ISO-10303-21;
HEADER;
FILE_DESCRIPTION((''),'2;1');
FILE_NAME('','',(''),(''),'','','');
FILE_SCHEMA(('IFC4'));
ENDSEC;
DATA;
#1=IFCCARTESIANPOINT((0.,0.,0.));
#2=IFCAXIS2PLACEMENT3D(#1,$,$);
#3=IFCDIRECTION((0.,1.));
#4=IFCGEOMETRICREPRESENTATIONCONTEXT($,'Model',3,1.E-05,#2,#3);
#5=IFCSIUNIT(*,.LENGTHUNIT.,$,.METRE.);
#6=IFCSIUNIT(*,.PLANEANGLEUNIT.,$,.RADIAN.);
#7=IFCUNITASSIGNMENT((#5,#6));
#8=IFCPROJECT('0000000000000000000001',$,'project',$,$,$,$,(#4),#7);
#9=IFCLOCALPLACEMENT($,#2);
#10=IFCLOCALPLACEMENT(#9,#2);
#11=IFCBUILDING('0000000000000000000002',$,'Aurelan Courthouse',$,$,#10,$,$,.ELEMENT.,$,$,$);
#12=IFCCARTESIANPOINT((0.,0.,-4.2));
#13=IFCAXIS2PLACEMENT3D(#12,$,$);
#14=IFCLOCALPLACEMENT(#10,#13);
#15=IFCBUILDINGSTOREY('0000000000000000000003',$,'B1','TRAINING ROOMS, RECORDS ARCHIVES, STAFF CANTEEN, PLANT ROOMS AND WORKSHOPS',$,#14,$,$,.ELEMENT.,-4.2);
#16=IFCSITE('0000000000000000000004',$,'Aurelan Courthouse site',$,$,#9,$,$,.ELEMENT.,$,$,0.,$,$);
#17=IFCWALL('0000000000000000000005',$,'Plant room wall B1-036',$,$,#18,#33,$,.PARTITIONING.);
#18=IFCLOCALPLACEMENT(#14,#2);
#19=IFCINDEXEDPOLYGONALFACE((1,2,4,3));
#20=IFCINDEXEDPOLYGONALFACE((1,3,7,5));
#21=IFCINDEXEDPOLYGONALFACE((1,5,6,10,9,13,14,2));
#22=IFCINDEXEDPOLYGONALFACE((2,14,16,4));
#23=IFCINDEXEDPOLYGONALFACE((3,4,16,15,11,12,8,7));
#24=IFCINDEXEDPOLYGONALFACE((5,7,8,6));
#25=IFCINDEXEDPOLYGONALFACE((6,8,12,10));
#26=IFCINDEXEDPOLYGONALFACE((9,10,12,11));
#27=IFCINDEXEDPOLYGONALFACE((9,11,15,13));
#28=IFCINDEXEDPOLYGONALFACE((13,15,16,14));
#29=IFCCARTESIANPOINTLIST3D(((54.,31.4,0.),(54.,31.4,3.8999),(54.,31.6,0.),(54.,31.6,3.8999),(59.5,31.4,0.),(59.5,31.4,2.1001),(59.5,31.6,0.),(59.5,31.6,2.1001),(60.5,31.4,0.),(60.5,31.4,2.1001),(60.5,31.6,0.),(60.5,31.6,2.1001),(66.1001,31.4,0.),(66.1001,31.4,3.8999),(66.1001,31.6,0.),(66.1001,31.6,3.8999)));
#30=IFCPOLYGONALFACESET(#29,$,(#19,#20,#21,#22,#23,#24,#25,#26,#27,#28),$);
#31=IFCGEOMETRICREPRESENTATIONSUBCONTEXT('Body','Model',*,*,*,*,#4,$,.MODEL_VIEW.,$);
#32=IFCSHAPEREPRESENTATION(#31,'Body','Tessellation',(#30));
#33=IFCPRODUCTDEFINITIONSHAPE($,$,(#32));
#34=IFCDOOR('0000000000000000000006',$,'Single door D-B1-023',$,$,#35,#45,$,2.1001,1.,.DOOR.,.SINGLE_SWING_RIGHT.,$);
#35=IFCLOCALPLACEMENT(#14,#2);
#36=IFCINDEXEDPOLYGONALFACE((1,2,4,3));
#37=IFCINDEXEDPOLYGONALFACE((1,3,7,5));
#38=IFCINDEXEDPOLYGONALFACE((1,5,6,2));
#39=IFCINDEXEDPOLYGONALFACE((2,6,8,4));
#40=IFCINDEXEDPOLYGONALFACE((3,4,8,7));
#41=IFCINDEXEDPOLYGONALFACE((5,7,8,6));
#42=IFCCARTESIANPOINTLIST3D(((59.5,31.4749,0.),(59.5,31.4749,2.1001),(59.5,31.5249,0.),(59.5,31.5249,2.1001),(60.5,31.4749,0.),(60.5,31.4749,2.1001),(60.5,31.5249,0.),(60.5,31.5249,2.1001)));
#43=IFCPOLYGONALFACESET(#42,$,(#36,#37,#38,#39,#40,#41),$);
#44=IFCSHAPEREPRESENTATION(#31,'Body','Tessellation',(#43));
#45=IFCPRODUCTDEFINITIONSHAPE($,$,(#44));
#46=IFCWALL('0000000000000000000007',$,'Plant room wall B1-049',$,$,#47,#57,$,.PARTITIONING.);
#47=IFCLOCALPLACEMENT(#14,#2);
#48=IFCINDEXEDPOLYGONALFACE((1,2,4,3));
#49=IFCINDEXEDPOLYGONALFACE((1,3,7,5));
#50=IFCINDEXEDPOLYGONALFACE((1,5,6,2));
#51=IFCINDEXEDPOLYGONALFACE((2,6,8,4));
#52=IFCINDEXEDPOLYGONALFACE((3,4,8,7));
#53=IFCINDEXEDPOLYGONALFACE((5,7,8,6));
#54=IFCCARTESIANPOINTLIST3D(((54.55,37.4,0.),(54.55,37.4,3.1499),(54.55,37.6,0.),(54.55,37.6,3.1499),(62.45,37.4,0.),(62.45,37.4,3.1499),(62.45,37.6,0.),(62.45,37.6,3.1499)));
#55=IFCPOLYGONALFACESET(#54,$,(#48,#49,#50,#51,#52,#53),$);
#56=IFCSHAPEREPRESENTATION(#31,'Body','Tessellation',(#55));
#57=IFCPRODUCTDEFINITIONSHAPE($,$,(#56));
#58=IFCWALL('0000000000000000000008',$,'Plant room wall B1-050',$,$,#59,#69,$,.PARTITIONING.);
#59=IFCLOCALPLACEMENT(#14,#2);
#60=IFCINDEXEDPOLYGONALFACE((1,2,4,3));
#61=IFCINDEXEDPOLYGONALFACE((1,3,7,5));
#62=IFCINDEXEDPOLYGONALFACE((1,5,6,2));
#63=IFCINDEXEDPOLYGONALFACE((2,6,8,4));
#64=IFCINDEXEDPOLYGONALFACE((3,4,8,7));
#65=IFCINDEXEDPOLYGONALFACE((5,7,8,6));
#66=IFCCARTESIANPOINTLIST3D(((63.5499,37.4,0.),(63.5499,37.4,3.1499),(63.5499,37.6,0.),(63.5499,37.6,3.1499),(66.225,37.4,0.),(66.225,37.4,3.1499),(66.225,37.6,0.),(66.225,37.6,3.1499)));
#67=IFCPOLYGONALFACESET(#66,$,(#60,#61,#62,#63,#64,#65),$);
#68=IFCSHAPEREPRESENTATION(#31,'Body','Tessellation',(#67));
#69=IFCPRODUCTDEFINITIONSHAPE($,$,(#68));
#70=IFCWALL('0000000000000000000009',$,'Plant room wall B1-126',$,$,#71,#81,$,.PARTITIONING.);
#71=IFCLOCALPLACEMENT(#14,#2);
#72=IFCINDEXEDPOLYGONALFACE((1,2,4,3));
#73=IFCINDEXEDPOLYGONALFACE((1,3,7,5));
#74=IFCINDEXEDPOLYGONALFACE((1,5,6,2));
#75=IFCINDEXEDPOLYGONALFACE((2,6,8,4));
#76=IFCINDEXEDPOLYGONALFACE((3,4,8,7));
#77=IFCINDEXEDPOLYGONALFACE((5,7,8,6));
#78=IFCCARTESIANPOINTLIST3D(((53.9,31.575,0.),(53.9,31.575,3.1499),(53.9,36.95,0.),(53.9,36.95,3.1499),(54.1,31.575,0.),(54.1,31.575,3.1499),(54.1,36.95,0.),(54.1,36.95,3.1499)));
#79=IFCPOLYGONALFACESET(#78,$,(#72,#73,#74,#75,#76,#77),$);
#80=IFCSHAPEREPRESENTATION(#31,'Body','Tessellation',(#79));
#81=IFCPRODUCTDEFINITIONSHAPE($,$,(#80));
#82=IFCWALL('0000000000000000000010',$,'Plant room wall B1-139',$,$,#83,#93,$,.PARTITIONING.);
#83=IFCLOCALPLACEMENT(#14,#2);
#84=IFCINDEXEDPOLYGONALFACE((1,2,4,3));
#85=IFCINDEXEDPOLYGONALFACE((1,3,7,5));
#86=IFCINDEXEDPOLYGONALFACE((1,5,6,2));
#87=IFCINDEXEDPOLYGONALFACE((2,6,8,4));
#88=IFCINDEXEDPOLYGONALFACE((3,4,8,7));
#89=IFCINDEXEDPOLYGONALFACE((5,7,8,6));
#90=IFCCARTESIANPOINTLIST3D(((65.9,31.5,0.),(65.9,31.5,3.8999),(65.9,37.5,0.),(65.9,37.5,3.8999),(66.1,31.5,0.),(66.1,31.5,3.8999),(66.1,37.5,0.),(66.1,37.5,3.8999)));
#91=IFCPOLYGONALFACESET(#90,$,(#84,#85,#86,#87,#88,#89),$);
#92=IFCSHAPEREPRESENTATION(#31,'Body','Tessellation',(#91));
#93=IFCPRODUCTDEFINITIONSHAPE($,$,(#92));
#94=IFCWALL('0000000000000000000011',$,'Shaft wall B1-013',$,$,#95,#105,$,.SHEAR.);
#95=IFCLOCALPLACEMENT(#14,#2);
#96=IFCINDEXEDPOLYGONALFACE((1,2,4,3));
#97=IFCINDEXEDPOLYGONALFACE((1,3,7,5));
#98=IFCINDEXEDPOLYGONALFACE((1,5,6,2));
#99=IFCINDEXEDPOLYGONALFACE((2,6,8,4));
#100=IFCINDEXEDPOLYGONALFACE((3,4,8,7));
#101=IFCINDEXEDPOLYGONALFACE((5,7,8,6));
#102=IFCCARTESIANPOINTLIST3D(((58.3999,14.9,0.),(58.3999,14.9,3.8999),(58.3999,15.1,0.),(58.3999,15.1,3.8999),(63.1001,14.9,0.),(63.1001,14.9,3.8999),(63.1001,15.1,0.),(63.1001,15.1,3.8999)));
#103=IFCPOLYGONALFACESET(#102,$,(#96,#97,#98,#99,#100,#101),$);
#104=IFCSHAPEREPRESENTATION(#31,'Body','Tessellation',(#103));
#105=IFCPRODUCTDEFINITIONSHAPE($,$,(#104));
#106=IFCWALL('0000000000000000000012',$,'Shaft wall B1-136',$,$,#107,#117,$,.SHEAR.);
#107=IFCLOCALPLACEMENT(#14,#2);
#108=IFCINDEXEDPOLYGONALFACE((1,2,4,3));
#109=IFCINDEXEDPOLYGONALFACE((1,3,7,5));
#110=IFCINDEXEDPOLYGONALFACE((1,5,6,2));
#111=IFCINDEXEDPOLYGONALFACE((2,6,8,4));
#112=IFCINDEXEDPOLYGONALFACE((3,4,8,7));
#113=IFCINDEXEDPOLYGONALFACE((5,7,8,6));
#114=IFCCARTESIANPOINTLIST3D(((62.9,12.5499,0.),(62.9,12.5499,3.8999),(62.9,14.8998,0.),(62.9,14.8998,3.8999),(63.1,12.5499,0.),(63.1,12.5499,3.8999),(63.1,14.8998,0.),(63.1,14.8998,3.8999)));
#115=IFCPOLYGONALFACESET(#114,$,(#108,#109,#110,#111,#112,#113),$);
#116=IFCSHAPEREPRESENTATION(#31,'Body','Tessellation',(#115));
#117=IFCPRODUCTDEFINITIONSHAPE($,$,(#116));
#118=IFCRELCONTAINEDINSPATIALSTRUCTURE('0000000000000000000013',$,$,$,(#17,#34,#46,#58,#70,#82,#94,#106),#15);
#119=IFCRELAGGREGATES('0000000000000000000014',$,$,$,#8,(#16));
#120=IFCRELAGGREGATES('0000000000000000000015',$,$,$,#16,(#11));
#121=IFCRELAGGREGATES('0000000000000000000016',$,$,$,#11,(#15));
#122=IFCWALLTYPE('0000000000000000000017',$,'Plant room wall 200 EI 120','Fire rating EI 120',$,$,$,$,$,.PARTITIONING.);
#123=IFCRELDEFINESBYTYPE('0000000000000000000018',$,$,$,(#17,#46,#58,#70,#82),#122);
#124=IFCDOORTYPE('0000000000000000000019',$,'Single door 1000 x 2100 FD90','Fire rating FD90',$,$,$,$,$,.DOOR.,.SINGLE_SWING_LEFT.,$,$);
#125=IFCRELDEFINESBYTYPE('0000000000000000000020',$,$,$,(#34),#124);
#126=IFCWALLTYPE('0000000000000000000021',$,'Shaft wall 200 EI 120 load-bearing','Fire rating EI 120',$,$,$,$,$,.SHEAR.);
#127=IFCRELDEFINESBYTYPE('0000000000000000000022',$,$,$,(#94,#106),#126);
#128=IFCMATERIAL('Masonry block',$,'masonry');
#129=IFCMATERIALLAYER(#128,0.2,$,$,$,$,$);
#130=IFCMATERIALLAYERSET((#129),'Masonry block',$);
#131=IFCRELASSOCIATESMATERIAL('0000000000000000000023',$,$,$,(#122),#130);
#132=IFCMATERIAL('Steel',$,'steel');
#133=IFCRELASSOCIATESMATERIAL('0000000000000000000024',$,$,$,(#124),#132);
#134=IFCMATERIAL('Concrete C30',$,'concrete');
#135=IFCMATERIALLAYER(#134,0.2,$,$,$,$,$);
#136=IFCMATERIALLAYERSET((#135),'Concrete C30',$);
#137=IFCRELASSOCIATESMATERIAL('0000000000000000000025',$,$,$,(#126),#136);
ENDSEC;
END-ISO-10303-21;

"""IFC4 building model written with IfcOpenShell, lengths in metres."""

from ifc_helpers import new_model, si_unit, direction, frame, frame_2d, origin, place, context, subcontext, project, spatial, rectangle, extrude, material, layer, layer_set, type_object, element, fill, save


model = new_model("IFC4")

# Units and contexts
model_context = context("Model", 3, precision=1e-05, world=origin(), true_north=direction((0.0, 1.0)))
body_context = subcontext(model_context, "Body", "Model", "MODEL_VIEW")
ifc_project = project(units=[si_unit("LENGTHUNIT", "METRE"), si_unit("PLANEANGLEUNIT", "RADIAN")], contexts=[model_context])

# Site, building, storey
site_placement = place(None, origin())
site = spatial("IfcSite", under=ifc_project, at=site_placement, Name="Aurelan Courthouse site", CompositionType="ELEMENT", RefElevation=0.0)
building_placement = place(site_placement, origin())
building = spatial("IfcBuilding", under=site, at=building_placement, Name="Aurelan Courthouse", CompositionType="ELEMENT")
storey_placement = place(building_placement, frame((0.0, 0.0, -4.2)))
storey = spatial("IfcBuildingStorey", under=building, at=storey_placement, Name="B1", Description="TRAINING ROOMS, RECORDS ARCHIVES, STAFF CANTEEN, PLANT ROOMS AND WORKSHOPS", CompositionType="ELEMENT", Elevation=-4.2)

# Shared definitions
ifc_material_1 = material(Name="Steel", Category="steel")

# Shared definitions
ifc_material_2 = material(Name="Masonry block", Category="masonry")
ifc_layer_1 = layer(ifc_material_2, 0.2)
ifc_layer_set_1 = layer_set([ifc_layer_1], Name="Masonry block")
wall_type_1 = type_object("IfcWallType", Name="Plant room wall 200 EI 120", Description="Fire rating EI 120", PredefinedType="PARTITIONING", material=ifc_layer_set_1)

# Wall, opening, door
wall_1_placement = place(storey_placement, frame((54.0, 31.5, 0.0), z_axis=(0.0, 0.0, 1.0), x_axis=(1.0, 0.0, 0.0)))
wall_1 = element("IfcWall", 1, at=wall_1_placement, inside=storey, type_object=wall_type_1, Name="Plant room wall B1-036", PredefinedType="PARTITIONING", context=body_context, shape_type="SweptSolid", body=[
    extrude(rectangle(XDim=12.1001, YDim=0.2, at=frame_2d((6.05, 0.0))), origin(), (0.0, 0.0, 1.0), 3.8999),
])
opening_1_placement = place(wall_1_placement, frame((5.5, 0.0, 0.0)))
opening_1 = element("IfcOpeningElement", 2, at=opening_1_placement, cuts=wall_1, PredefinedType="OPENING", context=body_context, shape_type="SweptSolid", body=[
    extrude(rectangle(XDim=1.0, YDim=2.1001, at=frame_2d((0.5, 1.05))), frame((0.0, 0.1099, 0.0), z_axis=(0.0, -1.0, 0.0), x_axis=(1.0, 0.0, 0.0)), (0.0, 0.0, 1.0), 0.22),
])
door_type_1 = type_object("IfcDoorType", Name="Single door 1000 x 2100 FD90", Description="Fire rating FD90", OperationType="SINGLE_SWING_LEFT", PredefinedType="DOOR", material=ifc_material_1)
door_1_placement = place(opening_1_placement, origin())
door_1 = element("IfcDoor", 3, at=door_1_placement, inside=storey, type_object=door_type_1, Name="Single door D-B1-023", OperationType="SINGLE_SWING_RIGHT", OverallHeight=2.1001, OverallWidth=1.0, PredefinedType="DOOR", context=body_context, shape_type="SweptSolid", body=[
    extrude(rectangle(XDim=1.0, YDim=2.1001, at=frame_2d((0.5, 1.05))), frame((0.0, 0.0249, 0.0), z_axis=(0.0, -1.0, 0.0), x_axis=(1.0, 0.0, 0.0)), (0.0, 0.0, 1.0), 0.05),
])
fill(opening_1, door_1)

# Walls
wall_2_placement = place(storey_placement, frame((54.55, 37.5, 0.0), z_axis=(0.0, 0.0, 1.0), x_axis=(1.0, 0.0, 0.0)))
element("IfcWall", 4, at=wall_2_placement, inside=storey, type_object=wall_type_1, Name="Plant room wall B1-049", PredefinedType="PARTITIONING", context=body_context, shape_type="SweptSolid", body=[
    extrude(rectangle(XDim=7.8999, YDim=0.2, at=frame_2d((3.95, 0.0))), origin(), (0.0, 0.0, 1.0), 3.1499),
])
wall_3_placement = place(storey_placement, frame((63.55, 37.5, 0.0), z_axis=(0.0, 0.0, 1.0), x_axis=(1.0, 0.0, 0.0)))
element("IfcWall", 5, at=wall_3_placement, inside=storey, type_object=wall_type_1, Name="Plant room wall B1-050", PredefinedType="PARTITIONING", context=body_context, shape_type="SweptSolid", body=[
    extrude(rectangle(XDim=2.675, YDim=0.2, at=frame_2d((1.3374, 0.0))), origin(), (0.0, 0.0, 1.0), 3.1499),
])
wall_4_placement = place(storey_placement, frame((54.0, 31.575, 0.0), z_axis=(0.0, 0.0, 1.0), x_axis=(0.0, 1.0, 0.0)))
element("IfcWall", 6, at=wall_4_placement, inside=storey, type_object=wall_type_1, Name="Plant room wall B1-126", PredefinedType="PARTITIONING", context=body_context, shape_type="SweptSolid", body=[
    extrude(rectangle(XDim=5.375, YDim=0.2, at=frame_2d((2.6875, 0.0))), origin(), (0.0, 0.0, 1.0), 3.1499),
])
wall_5_placement = place(storey_placement, frame((66.0, 31.5, 0.0), z_axis=(0.0, 0.0, 1.0), x_axis=(0.0, 1.0, 0.0)))
element("IfcWall", 7, at=wall_5_placement, inside=storey, type_object=wall_type_1, Name="Plant room wall B1-139", PredefinedType="PARTITIONING", context=body_context, shape_type="SweptSolid", body=[
    extrude(rectangle(XDim=6.0, YDim=0.2, at=frame_2d((3.0, 0.0))), origin(), (0.0, 0.0, 1.0), 3.8999),
])
ifc_material_3 = material(Name="Concrete C30", Category="concrete")
ifc_layer_2 = layer(ifc_material_3, 0.2)
ifc_layer_set_2 = layer_set([ifc_layer_2], Name="Concrete C30")
wall_type_2 = type_object("IfcWallType", Name="Shaft wall 200 EI 120 load-bearing", Description="Fire rating EI 120", PredefinedType="SHEAR", material=ifc_layer_set_2)
wall_6_placement = place(storey_placement, frame((58.3999, 15.0, 0.0), z_axis=(0.0, 0.0, 1.0), x_axis=(1.0, 0.0, 0.0)))
element("IfcWall", 8, at=wall_6_placement, inside=storey, type_object=wall_type_2, Name="Shaft wall B1-013", PredefinedType="SHEAR", context=body_context, shape_type="SweptSolid", body=[
    extrude(rectangle(XDim=4.7002, YDim=0.2, at=frame_2d((2.3501, 0.0))), origin(), (0.0, 0.0, 1.0), 3.8999),
])
wall_7_placement = place(storey_placement, frame((63.0, 12.55, 0.0), z_axis=(0.0, 0.0, 1.0), x_axis=(0.0, 1.0, 0.0)))
element("IfcWall", 9, at=wall_7_placement, inside=storey, type_object=wall_type_2, Name="Shaft wall B1-136", PredefinedType="SHEAR", context=body_context, shape_type="SweptSolid", body=[
    extrude(rectangle(XDim=2.3499, YDim=0.2, at=frame_2d((1.1748, 0.0))), origin(), (0.0, 0.0, 1.0), 3.8999),
])

save(model, "model.ifc")
